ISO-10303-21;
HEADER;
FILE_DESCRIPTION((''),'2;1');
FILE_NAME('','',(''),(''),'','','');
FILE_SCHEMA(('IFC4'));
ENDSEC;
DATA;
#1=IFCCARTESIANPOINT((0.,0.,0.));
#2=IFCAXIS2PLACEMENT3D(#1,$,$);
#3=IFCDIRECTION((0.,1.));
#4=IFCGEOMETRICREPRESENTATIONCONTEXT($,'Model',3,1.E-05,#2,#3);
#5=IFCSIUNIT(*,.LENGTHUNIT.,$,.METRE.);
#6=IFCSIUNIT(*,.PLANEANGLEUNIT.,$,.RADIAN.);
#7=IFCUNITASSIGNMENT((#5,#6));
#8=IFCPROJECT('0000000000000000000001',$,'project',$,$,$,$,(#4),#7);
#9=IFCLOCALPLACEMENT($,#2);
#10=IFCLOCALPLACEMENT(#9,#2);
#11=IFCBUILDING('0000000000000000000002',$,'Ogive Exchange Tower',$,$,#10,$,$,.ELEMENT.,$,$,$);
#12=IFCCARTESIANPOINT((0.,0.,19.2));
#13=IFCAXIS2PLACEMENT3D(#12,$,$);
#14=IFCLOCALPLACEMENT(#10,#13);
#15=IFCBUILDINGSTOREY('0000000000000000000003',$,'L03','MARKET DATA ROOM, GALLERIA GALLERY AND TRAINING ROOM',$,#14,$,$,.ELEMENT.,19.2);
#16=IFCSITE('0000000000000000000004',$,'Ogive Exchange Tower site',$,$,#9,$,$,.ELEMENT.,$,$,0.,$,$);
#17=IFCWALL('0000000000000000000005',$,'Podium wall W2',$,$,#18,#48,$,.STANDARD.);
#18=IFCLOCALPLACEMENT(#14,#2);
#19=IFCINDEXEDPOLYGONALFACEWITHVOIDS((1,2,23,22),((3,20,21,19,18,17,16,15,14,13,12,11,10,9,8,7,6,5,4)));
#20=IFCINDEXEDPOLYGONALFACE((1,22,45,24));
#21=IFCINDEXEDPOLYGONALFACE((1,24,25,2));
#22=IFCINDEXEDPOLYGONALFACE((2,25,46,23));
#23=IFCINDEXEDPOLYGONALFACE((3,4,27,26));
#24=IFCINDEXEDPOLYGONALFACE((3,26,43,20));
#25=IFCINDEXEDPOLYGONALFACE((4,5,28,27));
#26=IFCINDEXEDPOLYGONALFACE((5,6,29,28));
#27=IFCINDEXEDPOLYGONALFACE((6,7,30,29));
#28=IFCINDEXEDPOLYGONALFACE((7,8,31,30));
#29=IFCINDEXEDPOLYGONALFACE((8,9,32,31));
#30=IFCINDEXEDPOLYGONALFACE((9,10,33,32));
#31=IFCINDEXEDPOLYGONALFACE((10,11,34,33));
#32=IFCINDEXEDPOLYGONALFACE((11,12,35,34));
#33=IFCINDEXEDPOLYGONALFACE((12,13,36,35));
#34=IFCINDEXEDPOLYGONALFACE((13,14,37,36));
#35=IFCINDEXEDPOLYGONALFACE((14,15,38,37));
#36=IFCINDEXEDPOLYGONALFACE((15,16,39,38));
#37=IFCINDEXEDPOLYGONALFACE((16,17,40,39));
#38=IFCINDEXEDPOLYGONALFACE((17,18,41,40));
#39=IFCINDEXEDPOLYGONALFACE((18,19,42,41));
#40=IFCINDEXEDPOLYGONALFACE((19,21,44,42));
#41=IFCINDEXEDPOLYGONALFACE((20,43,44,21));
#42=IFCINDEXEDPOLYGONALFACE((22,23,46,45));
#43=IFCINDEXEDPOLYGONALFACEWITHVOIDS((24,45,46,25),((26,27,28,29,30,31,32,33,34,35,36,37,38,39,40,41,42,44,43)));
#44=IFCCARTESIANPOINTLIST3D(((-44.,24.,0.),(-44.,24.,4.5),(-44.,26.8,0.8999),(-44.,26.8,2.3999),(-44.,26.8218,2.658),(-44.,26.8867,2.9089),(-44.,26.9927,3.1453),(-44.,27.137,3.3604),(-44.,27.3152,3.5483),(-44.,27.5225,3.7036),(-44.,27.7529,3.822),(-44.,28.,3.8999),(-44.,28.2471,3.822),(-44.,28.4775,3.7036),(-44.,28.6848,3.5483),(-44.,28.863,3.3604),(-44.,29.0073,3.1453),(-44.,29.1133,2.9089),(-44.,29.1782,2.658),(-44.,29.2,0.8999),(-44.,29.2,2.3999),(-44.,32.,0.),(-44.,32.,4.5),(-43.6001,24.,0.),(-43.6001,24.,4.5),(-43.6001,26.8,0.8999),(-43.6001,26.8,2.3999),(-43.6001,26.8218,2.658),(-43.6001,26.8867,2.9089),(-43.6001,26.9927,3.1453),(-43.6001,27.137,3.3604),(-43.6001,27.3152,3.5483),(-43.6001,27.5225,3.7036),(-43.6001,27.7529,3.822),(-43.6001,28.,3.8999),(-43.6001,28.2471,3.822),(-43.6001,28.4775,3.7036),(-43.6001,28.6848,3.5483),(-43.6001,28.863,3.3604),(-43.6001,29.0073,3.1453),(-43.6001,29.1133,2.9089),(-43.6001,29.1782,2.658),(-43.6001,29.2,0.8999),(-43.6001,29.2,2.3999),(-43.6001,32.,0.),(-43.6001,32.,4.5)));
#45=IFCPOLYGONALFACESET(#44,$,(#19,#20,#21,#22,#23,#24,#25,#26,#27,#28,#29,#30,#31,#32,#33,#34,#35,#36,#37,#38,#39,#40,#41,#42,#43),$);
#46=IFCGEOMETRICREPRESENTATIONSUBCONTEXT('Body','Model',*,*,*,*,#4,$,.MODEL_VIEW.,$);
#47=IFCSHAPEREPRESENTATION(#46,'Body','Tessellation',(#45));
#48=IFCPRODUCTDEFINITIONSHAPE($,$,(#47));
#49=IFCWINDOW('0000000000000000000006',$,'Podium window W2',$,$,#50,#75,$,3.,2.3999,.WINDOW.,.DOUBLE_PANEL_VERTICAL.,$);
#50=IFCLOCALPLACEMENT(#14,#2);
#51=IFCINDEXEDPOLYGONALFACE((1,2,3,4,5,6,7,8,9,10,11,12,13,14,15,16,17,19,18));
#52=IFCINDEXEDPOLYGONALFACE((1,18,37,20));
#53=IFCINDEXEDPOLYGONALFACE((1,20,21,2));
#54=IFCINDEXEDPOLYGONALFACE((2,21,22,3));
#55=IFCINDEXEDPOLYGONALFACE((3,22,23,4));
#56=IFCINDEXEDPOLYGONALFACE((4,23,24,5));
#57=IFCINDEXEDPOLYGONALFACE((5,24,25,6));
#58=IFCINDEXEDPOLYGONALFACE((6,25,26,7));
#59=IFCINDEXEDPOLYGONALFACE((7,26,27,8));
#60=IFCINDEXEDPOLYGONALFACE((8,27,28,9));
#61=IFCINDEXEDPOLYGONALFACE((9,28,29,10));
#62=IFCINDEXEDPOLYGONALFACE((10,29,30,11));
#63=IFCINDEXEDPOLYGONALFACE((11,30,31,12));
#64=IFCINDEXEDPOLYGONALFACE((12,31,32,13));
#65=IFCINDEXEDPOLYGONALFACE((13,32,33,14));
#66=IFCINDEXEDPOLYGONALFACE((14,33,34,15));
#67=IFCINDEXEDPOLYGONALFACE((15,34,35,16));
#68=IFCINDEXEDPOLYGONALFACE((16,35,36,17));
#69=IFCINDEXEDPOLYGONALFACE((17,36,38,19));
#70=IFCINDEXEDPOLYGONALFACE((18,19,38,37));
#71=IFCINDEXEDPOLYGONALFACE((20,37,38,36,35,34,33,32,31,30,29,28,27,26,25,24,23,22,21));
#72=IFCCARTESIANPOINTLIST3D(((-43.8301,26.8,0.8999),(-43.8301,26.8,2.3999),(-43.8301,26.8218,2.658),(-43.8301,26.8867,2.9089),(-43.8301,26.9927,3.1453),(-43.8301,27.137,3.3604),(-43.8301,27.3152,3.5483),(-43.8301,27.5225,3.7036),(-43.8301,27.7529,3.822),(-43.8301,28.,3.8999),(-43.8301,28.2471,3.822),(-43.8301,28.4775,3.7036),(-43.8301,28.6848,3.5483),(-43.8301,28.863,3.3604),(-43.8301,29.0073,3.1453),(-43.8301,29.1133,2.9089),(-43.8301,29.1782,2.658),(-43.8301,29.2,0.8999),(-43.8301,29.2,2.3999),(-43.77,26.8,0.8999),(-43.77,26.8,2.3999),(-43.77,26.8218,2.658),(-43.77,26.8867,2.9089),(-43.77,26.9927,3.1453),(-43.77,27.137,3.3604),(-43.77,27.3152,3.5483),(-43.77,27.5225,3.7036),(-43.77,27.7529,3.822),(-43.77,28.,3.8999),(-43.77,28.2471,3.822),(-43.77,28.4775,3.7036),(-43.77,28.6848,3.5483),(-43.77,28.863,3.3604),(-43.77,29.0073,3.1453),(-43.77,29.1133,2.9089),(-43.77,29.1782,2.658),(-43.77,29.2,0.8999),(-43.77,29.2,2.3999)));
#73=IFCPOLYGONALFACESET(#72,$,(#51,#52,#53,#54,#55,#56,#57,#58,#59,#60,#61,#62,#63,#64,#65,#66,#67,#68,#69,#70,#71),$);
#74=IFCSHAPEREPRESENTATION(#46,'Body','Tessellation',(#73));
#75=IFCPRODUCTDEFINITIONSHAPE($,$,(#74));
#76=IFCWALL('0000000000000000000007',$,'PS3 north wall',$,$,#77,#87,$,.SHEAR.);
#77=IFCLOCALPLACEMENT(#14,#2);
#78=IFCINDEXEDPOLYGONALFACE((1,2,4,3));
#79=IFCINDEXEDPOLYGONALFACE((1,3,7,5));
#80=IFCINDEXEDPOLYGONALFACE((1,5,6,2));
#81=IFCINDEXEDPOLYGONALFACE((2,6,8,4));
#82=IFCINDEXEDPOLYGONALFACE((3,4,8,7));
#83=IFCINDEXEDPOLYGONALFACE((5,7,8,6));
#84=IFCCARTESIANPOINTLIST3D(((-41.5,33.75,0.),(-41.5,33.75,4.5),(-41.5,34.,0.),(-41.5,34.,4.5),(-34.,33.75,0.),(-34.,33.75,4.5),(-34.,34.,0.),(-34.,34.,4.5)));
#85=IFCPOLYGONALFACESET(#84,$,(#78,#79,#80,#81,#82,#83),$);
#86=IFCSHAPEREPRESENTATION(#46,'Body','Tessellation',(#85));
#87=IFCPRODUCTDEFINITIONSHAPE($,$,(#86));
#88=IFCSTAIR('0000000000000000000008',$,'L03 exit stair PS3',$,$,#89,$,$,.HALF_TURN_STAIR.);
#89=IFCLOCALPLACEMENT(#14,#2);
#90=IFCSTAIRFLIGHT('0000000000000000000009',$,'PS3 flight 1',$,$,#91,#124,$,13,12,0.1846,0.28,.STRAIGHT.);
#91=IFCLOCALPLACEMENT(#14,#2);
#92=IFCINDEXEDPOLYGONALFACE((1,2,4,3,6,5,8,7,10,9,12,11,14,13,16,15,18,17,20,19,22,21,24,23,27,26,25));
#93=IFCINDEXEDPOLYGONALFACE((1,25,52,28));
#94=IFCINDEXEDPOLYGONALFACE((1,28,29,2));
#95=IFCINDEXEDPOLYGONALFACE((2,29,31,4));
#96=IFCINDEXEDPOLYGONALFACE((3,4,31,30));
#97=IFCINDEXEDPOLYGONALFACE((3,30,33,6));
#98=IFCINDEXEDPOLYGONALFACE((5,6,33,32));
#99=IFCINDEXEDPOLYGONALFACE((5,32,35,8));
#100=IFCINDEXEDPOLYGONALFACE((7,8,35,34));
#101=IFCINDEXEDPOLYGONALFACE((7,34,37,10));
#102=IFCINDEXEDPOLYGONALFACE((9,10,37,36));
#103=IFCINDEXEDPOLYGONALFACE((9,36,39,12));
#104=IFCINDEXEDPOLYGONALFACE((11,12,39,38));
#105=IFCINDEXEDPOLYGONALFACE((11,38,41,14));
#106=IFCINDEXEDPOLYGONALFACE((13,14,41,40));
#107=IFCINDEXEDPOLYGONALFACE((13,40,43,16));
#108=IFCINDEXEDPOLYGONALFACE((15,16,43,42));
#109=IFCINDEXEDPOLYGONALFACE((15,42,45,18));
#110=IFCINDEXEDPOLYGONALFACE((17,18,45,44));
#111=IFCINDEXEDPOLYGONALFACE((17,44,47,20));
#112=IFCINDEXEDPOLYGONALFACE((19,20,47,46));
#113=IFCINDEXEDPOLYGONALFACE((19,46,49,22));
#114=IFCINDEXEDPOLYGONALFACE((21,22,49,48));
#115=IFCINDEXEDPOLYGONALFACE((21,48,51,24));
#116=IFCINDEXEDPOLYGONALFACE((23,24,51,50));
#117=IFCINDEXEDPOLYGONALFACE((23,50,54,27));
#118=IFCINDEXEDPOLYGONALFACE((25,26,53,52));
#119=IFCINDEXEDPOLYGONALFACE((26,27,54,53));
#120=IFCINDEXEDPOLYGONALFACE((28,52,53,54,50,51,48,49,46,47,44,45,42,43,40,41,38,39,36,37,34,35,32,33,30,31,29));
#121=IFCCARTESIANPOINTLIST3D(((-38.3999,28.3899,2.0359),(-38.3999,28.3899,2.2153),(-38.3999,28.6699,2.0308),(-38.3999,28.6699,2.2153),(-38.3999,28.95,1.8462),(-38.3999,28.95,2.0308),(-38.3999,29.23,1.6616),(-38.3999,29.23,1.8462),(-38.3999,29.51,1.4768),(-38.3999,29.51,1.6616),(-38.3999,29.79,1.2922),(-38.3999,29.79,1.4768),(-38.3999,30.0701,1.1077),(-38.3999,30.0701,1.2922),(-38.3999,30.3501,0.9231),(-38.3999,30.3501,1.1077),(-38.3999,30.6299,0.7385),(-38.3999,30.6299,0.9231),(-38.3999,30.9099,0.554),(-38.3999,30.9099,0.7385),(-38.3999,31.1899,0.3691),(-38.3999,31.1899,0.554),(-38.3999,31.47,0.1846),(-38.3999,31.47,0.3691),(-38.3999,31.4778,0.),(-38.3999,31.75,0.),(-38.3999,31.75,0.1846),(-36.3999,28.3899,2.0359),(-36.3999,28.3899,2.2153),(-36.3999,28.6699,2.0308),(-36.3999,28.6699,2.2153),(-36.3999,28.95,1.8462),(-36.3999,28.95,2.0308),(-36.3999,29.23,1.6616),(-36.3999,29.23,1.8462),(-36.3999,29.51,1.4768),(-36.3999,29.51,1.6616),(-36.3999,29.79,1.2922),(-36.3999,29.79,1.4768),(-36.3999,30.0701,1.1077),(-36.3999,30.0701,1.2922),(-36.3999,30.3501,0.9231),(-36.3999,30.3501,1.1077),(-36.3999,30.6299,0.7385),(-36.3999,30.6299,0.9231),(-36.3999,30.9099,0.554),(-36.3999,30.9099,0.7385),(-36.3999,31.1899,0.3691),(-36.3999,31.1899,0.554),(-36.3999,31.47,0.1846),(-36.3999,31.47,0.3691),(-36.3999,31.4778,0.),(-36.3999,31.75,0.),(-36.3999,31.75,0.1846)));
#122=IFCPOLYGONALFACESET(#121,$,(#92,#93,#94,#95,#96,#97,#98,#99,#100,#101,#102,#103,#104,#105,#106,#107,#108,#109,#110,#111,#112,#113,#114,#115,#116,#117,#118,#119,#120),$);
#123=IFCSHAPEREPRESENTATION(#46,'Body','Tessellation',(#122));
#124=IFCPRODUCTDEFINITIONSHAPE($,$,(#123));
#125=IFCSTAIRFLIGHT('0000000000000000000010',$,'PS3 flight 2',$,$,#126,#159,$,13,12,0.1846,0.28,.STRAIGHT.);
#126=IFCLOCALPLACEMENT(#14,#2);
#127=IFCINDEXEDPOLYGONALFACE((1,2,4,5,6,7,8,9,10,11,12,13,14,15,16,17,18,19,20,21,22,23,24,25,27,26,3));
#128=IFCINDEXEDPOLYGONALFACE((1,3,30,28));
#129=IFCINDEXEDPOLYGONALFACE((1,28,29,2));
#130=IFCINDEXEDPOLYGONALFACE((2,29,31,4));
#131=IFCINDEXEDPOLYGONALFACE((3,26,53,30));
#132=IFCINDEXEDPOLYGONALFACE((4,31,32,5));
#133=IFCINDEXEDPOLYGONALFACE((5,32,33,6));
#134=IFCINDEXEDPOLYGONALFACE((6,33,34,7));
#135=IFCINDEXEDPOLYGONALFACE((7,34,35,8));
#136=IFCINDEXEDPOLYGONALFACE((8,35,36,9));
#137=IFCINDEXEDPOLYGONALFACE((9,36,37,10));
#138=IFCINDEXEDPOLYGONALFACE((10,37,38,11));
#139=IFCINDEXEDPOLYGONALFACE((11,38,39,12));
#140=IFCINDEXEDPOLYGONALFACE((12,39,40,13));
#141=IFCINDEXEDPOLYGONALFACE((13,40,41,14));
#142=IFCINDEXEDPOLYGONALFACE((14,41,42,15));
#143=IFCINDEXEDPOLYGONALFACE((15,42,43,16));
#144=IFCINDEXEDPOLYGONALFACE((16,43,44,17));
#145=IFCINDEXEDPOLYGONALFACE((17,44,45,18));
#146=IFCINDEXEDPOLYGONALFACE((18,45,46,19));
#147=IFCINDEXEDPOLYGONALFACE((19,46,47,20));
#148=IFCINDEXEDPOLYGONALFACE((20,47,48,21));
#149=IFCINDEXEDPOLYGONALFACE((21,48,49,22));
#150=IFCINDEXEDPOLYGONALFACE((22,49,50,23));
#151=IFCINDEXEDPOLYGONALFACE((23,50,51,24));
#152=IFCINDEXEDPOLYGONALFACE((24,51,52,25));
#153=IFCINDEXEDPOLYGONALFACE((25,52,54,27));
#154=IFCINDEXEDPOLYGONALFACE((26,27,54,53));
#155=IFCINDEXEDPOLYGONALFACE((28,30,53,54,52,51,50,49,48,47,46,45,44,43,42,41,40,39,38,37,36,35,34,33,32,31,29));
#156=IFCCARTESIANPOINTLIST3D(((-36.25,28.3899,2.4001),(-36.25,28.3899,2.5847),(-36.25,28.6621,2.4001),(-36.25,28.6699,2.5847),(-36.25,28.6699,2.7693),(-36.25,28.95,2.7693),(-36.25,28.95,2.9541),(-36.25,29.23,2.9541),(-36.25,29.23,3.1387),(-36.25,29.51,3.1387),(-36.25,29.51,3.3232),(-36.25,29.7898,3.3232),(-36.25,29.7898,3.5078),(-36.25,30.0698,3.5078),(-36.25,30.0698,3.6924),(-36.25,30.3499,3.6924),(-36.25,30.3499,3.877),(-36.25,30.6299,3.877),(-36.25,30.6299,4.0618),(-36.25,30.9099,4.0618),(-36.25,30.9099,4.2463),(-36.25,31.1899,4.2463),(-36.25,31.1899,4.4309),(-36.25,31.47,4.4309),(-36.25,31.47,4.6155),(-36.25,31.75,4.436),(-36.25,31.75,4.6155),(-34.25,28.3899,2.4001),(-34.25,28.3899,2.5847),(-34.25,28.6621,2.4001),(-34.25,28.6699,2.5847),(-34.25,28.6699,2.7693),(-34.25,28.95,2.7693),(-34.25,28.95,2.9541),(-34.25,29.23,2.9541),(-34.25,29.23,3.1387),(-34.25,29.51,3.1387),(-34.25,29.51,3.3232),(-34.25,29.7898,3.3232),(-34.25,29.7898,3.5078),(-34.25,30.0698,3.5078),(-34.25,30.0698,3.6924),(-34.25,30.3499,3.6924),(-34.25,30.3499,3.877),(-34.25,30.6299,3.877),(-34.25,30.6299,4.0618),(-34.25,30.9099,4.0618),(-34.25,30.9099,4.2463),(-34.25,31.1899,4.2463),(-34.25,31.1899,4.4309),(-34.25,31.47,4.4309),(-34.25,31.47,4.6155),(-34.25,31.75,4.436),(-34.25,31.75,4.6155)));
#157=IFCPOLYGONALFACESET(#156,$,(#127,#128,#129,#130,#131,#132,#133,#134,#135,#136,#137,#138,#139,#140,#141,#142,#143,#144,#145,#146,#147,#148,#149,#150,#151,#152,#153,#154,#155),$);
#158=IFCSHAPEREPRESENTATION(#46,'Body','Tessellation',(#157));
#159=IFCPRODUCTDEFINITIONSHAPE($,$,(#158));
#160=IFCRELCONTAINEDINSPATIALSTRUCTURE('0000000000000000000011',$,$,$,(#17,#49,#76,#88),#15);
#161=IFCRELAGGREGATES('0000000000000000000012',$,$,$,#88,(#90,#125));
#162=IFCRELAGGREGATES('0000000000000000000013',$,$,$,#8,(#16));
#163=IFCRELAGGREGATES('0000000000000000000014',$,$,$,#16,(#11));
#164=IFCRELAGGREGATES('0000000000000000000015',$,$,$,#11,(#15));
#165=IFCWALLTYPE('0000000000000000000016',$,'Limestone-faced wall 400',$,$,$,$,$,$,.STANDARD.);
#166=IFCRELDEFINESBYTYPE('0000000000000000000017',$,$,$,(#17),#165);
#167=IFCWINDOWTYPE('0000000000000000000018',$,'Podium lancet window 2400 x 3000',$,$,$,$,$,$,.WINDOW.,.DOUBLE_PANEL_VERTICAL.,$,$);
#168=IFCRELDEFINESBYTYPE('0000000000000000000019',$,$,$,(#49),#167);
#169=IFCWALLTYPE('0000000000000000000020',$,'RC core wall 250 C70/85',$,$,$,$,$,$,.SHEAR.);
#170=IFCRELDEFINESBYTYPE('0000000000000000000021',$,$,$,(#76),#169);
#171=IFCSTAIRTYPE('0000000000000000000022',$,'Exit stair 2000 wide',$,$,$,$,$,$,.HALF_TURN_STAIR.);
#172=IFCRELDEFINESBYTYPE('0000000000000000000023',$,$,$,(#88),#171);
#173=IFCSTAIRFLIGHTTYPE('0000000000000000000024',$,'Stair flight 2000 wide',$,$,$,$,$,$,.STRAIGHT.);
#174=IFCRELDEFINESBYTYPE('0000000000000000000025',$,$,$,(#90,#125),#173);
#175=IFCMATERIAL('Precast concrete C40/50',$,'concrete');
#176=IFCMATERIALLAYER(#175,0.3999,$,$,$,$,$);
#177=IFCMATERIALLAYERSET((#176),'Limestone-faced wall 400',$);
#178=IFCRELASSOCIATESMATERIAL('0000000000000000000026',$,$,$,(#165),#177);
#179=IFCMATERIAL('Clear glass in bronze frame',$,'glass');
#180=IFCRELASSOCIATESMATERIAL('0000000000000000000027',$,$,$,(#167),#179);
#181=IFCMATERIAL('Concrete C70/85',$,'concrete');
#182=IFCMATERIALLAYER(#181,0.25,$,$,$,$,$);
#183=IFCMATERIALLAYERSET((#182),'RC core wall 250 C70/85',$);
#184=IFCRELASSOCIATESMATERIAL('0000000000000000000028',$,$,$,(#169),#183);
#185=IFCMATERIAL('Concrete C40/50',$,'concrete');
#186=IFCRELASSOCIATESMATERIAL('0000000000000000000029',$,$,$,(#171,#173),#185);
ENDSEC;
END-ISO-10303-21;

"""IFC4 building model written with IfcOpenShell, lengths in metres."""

from ifc_helpers import new_model, si_unit, direction, frame, frame_2d, origin, place, context, subcontext, project, spatial, polyline, rectangle, outline, extrude, material, layer, layer_set, type_object, element, fill, aggregate, save


model = new_model("IFC4")

# Units and contexts
model_context = context("Model", 3, precision=1e-05, world=origin(), true_north=direction((0.0, 1.0)))
body_context = subcontext(model_context, "Body", "Model", "MODEL_VIEW")
ifc_project = project(units=[si_unit("LENGTHUNIT", "METRE"), si_unit("PLANEANGLEUNIT", "RADIAN")], contexts=[model_context])

# Site, building, storey
site_placement = place(None, origin())
site = spatial("IfcSite", under=ifc_project, at=site_placement, Name="Ogive Exchange Tower site", CompositionType="ELEMENT", RefElevation=0.0)
building_placement = place(site_placement, origin())
building = spatial("IfcBuilding", under=site, at=building_placement, Name="Ogive Exchange Tower", CompositionType="ELEMENT")
storey_placement = place(building_placement, frame((0.0, 0.0, 19.2)))
storey = spatial("IfcBuildingStorey", under=building, at=storey_placement, Name="L03", Description="MARKET DATA ROOM, GALLERIA GALLERY AND TRAINING ROOM", CompositionType="ELEMENT", Elevation=19.2)

# Shared definitions
ifc_material_1 = material(Name="Concrete C70/85", Category="concrete")

# Shared definitions
ifc_material_2 = material(Name="Precast concrete C40/50", Category="concrete")
ifc_layer_1 = layer(ifc_material_2, 0.3999)
ifc_layer_set_1 = layer_set([ifc_layer_1], Name="Limestone-faced wall 400")
wall_type_1 = type_object("IfcWallType", Name="Limestone-faced wall 400", PredefinedType="STANDARD", material=ifc_layer_set_1)
ifc_material_3 = material(Name="Clear glass in bronze frame", Category="glass")

# Wall, opening, window
wall_1_placement = place(storey_placement, frame((-43.8, 32.0, 0.0), z_axis=(0.0, 0.0, 1.0), x_axis=(0.0, -1.0, 0.0)))
wall_1 = element("IfcWall", 1, at=wall_1_placement, inside=storey, type_object=wall_type_1, Name="Podium wall W2", PredefinedType="STANDARD", context=body_context, shape_type="SweptSolid", body=[
    extrude(rectangle(XDim=8.0, YDim=0.3999, at=frame_2d((4.0, 0.0))), origin(), (0.0, 0.0, 1.0), 4.5),
])
opening_1_placement = place(wall_1_placement, frame((2.8, 0.0, 0.8999)))
opening_1 = element("IfcOpeningElement", 2, at=opening_1_placement, cuts=wall_1, PredefinedType="OPENING", context=body_context, shape_type="SweptSolid", body=[
    extrude(outline(polyline([(0.0, 0.0), (2.3999, 0.0), (2.3999, 1.5), (2.3782, 1.7581), (2.3132, 2.009), (2.2073, 2.2454), (2.063, 2.4604), (1.8848, 2.6484), (1.6775, 2.8037), (1.447, 2.9221), (1.2, 3.0), (0.9529, 2.9221), (0.7224, 2.8037), (0.5151, 2.6484), (0.3369, 2.4604), (0.1926, 2.2454), (0.0867, 2.009), (0.0217, 1.7581), (0.0, 1.5), (0.0, 0.0)])), frame((0.0, 0.21, 0.0), z_axis=(0.0, -1.0, 0.0), x_axis=(1.0, 0.0, 0.0)), (0.0, 0.0, 1.0), 0.4199),
])
window_type_1 = type_object("IfcWindowType", Name="Podium lancet window 2400 x 3000", PartitioningType="DOUBLE_PANEL_VERTICAL", PredefinedType="WINDOW", material=ifc_material_3)
window_1_placement = place(opening_1_placement, origin())
window_1 = element("IfcWindow", 3, at=window_1_placement, inside=storey, type_object=window_type_1, Name="Podium window W2", OverallHeight=3.0, OverallWidth=2.3999, PartitioningType="DOUBLE_PANEL_VERTICAL", PredefinedType="WINDOW", context=body_context, shape_type="SweptSolid", body=[
    extrude(outline(polyline([(0.0, 0.0), (2.3999, 0.0), (2.3999, 1.5), (2.3782, 1.7581), (2.3132, 2.009), (2.2073, 2.2454), (2.063, 2.4604), (1.8848, 2.6484), (1.6775, 2.8037), (1.447, 2.9221), (1.2, 3.0), (0.9529, 2.9221), (0.7224, 2.8037), (0.5151, 2.6484), (0.3369, 2.4604), (0.1926, 2.2454), (0.0867, 2.009), (0.0217, 1.7581), (0.0, 1.5), (0.0, 0.0)])), frame((0.0, 0.03, 0.0), z_axis=(0.0, -1.0, 0.0), x_axis=(1.0, 0.0, 0.0)), (0.0, 0.0, 1.0), 0.0601),
])
fill(opening_1, window_1)

# Wall
ifc_layer_2 = layer(ifc_material_1, 0.25)
ifc_layer_set_2 = layer_set([ifc_layer_2], Name="RC core wall 250 C70/85")
wall_type_2 = type_object("IfcWallType", Name="RC core wall 250 C70/85", PredefinedType="SHEAR", material=ifc_layer_set_2)
wall_2_placement = place(storey_placement, frame((-41.5, 33.875, 0.0), z_axis=(0.0, 0.0, 1.0), x_axis=(1.0, 0.0, 0.0)))
element("IfcWall", 4, at=wall_2_placement, inside=storey, type_object=wall_type_2, Name="PS3 north wall", PredefinedType="SHEAR", context=body_context, shape_type="SweptSolid", body=[
    extrude(rectangle(XDim=7.5, YDim=0.25, at=frame_2d((3.75, 0.0))), origin(), (0.0, 0.0, 1.0), 4.5),
])

# Stair, stair flights
ifc_material_4 = material(Name="Concrete C40/50", Category="concrete")
stair_type = type_object("IfcStairType", Name="Exit stair 2000 wide", PredefinedType="HALF_TURN_STAIR", material=ifc_material_4)
stair_placement = place(storey_placement, origin())
stair = element("IfcStair", 5, at=stair_placement, inside=storey, type_object=stair_type, Name="L03 exit stair PS3", PredefinedType="HALF_TURN_STAIR")
stair_flight_type = type_object("IfcStairFlightType", Name="Stair flight 2000 wide", PredefinedType="STRAIGHT", material=ifc_material_4)
stair_flight_1_placement = place(storey_placement, frame((-37.3999, 31.75, 0.0), z_axis=(0.0, 0.0, 1.0), x_axis=(0.0, -1.0, 0.0)))
stair_flight_1 = element("IfcStairFlight", 6, at=stair_flight_1_placement, type_object=stair_flight_type, Name="PS3 flight 1", NumberOfRisers=13, NumberOfTreads=12, PredefinedType="STRAIGHT", RiserHeight=0.1846, TreadLength=0.28, context=body_context, shape_type="SweptSolid", body=[
    extrude(outline(polyline([(0.0, 0.0), (0.0, 0.1846), (0.28, 0.1846), (0.28, 0.3691), (0.5601, 0.3691), (0.5601, 0.554), (0.8401, 0.554), (0.8401, 0.7385), (1.1201, 0.7385), (1.1201, 0.9231), (1.3999, 0.9231), (1.3999, 1.1077), (1.6799, 1.1077), (1.6799, 1.2922), (1.96, 1.2922), (1.96, 1.4768), (2.24, 1.4768), (2.24, 1.6616), (2.52, 1.6616), (2.52, 1.8462), (2.8, 1.8462), (2.8, 2.0308), (3.0801, 2.0308), (3.0801, 2.2153), (3.3601, 2.2153), (3.3601, 2.3999), (3.3601, 2.0359), (0.2722, 0.0), (0.0, 0.0)])), frame((0.0, 1.0, 0.0), z_axis=(0.0, -1.0, 0.0), x_axis=(1.0, 0.0, 0.0)), (0.0, 0.0, 1.0), 2.0),
])
stair_flight_2_placement = place(storey_placement, frame((-35.25, 28.3899, 2.4001), z_axis=(0.0, 0.0, 1.0), x_axis=(0.0, 1.0, 0.0)))
stair_flight_2 = element("IfcStairFlight", 7, at=stair_flight_2_placement, type_object=stair_flight_type, Name="PS3 flight 2", NumberOfRisers=13, NumberOfTreads=12, PredefinedType="STRAIGHT", RiserHeight=0.1846, TreadLength=0.28, context=body_context, shape_type="SweptSolid", body=[
    extrude(outline(polyline([(0.0, 0.0), (0.0, 0.1846), (0.28, 0.1846), (0.28, 0.3691), (0.5601, 0.3691), (0.5601, 0.554), (0.8401, 0.554), (0.8401, 0.7385), (1.1201, 0.7385), (1.1201, 0.9231), (1.3999, 0.9231), (1.3999, 1.1077), (1.6799, 1.1077), (1.6799, 1.2922), (1.96, 1.2922), (1.96, 1.4768), (2.24, 1.4768), (2.24, 1.6616), (2.52, 1.6616), (2.52, 1.8462), (2.8, 1.8462), (2.8, 2.0308), (3.0801, 2.0308), (3.0801, 2.2153), (3.3601, 2.2153), (3.3601, 2.3999), (3.3601, 2.0359), (0.2722, 0.0), (0.0, 0.0)])), frame((0.0, 1.0, 0.0), z_axis=(0.0, -1.0, 0.0), x_axis=(1.0, 0.0, 0.0)), (0.0, 0.0, 1.0), 2.0),
])
aggregate(stair, [stair_flight_1, stair_flight_2])

save(model, "model.ifc")
